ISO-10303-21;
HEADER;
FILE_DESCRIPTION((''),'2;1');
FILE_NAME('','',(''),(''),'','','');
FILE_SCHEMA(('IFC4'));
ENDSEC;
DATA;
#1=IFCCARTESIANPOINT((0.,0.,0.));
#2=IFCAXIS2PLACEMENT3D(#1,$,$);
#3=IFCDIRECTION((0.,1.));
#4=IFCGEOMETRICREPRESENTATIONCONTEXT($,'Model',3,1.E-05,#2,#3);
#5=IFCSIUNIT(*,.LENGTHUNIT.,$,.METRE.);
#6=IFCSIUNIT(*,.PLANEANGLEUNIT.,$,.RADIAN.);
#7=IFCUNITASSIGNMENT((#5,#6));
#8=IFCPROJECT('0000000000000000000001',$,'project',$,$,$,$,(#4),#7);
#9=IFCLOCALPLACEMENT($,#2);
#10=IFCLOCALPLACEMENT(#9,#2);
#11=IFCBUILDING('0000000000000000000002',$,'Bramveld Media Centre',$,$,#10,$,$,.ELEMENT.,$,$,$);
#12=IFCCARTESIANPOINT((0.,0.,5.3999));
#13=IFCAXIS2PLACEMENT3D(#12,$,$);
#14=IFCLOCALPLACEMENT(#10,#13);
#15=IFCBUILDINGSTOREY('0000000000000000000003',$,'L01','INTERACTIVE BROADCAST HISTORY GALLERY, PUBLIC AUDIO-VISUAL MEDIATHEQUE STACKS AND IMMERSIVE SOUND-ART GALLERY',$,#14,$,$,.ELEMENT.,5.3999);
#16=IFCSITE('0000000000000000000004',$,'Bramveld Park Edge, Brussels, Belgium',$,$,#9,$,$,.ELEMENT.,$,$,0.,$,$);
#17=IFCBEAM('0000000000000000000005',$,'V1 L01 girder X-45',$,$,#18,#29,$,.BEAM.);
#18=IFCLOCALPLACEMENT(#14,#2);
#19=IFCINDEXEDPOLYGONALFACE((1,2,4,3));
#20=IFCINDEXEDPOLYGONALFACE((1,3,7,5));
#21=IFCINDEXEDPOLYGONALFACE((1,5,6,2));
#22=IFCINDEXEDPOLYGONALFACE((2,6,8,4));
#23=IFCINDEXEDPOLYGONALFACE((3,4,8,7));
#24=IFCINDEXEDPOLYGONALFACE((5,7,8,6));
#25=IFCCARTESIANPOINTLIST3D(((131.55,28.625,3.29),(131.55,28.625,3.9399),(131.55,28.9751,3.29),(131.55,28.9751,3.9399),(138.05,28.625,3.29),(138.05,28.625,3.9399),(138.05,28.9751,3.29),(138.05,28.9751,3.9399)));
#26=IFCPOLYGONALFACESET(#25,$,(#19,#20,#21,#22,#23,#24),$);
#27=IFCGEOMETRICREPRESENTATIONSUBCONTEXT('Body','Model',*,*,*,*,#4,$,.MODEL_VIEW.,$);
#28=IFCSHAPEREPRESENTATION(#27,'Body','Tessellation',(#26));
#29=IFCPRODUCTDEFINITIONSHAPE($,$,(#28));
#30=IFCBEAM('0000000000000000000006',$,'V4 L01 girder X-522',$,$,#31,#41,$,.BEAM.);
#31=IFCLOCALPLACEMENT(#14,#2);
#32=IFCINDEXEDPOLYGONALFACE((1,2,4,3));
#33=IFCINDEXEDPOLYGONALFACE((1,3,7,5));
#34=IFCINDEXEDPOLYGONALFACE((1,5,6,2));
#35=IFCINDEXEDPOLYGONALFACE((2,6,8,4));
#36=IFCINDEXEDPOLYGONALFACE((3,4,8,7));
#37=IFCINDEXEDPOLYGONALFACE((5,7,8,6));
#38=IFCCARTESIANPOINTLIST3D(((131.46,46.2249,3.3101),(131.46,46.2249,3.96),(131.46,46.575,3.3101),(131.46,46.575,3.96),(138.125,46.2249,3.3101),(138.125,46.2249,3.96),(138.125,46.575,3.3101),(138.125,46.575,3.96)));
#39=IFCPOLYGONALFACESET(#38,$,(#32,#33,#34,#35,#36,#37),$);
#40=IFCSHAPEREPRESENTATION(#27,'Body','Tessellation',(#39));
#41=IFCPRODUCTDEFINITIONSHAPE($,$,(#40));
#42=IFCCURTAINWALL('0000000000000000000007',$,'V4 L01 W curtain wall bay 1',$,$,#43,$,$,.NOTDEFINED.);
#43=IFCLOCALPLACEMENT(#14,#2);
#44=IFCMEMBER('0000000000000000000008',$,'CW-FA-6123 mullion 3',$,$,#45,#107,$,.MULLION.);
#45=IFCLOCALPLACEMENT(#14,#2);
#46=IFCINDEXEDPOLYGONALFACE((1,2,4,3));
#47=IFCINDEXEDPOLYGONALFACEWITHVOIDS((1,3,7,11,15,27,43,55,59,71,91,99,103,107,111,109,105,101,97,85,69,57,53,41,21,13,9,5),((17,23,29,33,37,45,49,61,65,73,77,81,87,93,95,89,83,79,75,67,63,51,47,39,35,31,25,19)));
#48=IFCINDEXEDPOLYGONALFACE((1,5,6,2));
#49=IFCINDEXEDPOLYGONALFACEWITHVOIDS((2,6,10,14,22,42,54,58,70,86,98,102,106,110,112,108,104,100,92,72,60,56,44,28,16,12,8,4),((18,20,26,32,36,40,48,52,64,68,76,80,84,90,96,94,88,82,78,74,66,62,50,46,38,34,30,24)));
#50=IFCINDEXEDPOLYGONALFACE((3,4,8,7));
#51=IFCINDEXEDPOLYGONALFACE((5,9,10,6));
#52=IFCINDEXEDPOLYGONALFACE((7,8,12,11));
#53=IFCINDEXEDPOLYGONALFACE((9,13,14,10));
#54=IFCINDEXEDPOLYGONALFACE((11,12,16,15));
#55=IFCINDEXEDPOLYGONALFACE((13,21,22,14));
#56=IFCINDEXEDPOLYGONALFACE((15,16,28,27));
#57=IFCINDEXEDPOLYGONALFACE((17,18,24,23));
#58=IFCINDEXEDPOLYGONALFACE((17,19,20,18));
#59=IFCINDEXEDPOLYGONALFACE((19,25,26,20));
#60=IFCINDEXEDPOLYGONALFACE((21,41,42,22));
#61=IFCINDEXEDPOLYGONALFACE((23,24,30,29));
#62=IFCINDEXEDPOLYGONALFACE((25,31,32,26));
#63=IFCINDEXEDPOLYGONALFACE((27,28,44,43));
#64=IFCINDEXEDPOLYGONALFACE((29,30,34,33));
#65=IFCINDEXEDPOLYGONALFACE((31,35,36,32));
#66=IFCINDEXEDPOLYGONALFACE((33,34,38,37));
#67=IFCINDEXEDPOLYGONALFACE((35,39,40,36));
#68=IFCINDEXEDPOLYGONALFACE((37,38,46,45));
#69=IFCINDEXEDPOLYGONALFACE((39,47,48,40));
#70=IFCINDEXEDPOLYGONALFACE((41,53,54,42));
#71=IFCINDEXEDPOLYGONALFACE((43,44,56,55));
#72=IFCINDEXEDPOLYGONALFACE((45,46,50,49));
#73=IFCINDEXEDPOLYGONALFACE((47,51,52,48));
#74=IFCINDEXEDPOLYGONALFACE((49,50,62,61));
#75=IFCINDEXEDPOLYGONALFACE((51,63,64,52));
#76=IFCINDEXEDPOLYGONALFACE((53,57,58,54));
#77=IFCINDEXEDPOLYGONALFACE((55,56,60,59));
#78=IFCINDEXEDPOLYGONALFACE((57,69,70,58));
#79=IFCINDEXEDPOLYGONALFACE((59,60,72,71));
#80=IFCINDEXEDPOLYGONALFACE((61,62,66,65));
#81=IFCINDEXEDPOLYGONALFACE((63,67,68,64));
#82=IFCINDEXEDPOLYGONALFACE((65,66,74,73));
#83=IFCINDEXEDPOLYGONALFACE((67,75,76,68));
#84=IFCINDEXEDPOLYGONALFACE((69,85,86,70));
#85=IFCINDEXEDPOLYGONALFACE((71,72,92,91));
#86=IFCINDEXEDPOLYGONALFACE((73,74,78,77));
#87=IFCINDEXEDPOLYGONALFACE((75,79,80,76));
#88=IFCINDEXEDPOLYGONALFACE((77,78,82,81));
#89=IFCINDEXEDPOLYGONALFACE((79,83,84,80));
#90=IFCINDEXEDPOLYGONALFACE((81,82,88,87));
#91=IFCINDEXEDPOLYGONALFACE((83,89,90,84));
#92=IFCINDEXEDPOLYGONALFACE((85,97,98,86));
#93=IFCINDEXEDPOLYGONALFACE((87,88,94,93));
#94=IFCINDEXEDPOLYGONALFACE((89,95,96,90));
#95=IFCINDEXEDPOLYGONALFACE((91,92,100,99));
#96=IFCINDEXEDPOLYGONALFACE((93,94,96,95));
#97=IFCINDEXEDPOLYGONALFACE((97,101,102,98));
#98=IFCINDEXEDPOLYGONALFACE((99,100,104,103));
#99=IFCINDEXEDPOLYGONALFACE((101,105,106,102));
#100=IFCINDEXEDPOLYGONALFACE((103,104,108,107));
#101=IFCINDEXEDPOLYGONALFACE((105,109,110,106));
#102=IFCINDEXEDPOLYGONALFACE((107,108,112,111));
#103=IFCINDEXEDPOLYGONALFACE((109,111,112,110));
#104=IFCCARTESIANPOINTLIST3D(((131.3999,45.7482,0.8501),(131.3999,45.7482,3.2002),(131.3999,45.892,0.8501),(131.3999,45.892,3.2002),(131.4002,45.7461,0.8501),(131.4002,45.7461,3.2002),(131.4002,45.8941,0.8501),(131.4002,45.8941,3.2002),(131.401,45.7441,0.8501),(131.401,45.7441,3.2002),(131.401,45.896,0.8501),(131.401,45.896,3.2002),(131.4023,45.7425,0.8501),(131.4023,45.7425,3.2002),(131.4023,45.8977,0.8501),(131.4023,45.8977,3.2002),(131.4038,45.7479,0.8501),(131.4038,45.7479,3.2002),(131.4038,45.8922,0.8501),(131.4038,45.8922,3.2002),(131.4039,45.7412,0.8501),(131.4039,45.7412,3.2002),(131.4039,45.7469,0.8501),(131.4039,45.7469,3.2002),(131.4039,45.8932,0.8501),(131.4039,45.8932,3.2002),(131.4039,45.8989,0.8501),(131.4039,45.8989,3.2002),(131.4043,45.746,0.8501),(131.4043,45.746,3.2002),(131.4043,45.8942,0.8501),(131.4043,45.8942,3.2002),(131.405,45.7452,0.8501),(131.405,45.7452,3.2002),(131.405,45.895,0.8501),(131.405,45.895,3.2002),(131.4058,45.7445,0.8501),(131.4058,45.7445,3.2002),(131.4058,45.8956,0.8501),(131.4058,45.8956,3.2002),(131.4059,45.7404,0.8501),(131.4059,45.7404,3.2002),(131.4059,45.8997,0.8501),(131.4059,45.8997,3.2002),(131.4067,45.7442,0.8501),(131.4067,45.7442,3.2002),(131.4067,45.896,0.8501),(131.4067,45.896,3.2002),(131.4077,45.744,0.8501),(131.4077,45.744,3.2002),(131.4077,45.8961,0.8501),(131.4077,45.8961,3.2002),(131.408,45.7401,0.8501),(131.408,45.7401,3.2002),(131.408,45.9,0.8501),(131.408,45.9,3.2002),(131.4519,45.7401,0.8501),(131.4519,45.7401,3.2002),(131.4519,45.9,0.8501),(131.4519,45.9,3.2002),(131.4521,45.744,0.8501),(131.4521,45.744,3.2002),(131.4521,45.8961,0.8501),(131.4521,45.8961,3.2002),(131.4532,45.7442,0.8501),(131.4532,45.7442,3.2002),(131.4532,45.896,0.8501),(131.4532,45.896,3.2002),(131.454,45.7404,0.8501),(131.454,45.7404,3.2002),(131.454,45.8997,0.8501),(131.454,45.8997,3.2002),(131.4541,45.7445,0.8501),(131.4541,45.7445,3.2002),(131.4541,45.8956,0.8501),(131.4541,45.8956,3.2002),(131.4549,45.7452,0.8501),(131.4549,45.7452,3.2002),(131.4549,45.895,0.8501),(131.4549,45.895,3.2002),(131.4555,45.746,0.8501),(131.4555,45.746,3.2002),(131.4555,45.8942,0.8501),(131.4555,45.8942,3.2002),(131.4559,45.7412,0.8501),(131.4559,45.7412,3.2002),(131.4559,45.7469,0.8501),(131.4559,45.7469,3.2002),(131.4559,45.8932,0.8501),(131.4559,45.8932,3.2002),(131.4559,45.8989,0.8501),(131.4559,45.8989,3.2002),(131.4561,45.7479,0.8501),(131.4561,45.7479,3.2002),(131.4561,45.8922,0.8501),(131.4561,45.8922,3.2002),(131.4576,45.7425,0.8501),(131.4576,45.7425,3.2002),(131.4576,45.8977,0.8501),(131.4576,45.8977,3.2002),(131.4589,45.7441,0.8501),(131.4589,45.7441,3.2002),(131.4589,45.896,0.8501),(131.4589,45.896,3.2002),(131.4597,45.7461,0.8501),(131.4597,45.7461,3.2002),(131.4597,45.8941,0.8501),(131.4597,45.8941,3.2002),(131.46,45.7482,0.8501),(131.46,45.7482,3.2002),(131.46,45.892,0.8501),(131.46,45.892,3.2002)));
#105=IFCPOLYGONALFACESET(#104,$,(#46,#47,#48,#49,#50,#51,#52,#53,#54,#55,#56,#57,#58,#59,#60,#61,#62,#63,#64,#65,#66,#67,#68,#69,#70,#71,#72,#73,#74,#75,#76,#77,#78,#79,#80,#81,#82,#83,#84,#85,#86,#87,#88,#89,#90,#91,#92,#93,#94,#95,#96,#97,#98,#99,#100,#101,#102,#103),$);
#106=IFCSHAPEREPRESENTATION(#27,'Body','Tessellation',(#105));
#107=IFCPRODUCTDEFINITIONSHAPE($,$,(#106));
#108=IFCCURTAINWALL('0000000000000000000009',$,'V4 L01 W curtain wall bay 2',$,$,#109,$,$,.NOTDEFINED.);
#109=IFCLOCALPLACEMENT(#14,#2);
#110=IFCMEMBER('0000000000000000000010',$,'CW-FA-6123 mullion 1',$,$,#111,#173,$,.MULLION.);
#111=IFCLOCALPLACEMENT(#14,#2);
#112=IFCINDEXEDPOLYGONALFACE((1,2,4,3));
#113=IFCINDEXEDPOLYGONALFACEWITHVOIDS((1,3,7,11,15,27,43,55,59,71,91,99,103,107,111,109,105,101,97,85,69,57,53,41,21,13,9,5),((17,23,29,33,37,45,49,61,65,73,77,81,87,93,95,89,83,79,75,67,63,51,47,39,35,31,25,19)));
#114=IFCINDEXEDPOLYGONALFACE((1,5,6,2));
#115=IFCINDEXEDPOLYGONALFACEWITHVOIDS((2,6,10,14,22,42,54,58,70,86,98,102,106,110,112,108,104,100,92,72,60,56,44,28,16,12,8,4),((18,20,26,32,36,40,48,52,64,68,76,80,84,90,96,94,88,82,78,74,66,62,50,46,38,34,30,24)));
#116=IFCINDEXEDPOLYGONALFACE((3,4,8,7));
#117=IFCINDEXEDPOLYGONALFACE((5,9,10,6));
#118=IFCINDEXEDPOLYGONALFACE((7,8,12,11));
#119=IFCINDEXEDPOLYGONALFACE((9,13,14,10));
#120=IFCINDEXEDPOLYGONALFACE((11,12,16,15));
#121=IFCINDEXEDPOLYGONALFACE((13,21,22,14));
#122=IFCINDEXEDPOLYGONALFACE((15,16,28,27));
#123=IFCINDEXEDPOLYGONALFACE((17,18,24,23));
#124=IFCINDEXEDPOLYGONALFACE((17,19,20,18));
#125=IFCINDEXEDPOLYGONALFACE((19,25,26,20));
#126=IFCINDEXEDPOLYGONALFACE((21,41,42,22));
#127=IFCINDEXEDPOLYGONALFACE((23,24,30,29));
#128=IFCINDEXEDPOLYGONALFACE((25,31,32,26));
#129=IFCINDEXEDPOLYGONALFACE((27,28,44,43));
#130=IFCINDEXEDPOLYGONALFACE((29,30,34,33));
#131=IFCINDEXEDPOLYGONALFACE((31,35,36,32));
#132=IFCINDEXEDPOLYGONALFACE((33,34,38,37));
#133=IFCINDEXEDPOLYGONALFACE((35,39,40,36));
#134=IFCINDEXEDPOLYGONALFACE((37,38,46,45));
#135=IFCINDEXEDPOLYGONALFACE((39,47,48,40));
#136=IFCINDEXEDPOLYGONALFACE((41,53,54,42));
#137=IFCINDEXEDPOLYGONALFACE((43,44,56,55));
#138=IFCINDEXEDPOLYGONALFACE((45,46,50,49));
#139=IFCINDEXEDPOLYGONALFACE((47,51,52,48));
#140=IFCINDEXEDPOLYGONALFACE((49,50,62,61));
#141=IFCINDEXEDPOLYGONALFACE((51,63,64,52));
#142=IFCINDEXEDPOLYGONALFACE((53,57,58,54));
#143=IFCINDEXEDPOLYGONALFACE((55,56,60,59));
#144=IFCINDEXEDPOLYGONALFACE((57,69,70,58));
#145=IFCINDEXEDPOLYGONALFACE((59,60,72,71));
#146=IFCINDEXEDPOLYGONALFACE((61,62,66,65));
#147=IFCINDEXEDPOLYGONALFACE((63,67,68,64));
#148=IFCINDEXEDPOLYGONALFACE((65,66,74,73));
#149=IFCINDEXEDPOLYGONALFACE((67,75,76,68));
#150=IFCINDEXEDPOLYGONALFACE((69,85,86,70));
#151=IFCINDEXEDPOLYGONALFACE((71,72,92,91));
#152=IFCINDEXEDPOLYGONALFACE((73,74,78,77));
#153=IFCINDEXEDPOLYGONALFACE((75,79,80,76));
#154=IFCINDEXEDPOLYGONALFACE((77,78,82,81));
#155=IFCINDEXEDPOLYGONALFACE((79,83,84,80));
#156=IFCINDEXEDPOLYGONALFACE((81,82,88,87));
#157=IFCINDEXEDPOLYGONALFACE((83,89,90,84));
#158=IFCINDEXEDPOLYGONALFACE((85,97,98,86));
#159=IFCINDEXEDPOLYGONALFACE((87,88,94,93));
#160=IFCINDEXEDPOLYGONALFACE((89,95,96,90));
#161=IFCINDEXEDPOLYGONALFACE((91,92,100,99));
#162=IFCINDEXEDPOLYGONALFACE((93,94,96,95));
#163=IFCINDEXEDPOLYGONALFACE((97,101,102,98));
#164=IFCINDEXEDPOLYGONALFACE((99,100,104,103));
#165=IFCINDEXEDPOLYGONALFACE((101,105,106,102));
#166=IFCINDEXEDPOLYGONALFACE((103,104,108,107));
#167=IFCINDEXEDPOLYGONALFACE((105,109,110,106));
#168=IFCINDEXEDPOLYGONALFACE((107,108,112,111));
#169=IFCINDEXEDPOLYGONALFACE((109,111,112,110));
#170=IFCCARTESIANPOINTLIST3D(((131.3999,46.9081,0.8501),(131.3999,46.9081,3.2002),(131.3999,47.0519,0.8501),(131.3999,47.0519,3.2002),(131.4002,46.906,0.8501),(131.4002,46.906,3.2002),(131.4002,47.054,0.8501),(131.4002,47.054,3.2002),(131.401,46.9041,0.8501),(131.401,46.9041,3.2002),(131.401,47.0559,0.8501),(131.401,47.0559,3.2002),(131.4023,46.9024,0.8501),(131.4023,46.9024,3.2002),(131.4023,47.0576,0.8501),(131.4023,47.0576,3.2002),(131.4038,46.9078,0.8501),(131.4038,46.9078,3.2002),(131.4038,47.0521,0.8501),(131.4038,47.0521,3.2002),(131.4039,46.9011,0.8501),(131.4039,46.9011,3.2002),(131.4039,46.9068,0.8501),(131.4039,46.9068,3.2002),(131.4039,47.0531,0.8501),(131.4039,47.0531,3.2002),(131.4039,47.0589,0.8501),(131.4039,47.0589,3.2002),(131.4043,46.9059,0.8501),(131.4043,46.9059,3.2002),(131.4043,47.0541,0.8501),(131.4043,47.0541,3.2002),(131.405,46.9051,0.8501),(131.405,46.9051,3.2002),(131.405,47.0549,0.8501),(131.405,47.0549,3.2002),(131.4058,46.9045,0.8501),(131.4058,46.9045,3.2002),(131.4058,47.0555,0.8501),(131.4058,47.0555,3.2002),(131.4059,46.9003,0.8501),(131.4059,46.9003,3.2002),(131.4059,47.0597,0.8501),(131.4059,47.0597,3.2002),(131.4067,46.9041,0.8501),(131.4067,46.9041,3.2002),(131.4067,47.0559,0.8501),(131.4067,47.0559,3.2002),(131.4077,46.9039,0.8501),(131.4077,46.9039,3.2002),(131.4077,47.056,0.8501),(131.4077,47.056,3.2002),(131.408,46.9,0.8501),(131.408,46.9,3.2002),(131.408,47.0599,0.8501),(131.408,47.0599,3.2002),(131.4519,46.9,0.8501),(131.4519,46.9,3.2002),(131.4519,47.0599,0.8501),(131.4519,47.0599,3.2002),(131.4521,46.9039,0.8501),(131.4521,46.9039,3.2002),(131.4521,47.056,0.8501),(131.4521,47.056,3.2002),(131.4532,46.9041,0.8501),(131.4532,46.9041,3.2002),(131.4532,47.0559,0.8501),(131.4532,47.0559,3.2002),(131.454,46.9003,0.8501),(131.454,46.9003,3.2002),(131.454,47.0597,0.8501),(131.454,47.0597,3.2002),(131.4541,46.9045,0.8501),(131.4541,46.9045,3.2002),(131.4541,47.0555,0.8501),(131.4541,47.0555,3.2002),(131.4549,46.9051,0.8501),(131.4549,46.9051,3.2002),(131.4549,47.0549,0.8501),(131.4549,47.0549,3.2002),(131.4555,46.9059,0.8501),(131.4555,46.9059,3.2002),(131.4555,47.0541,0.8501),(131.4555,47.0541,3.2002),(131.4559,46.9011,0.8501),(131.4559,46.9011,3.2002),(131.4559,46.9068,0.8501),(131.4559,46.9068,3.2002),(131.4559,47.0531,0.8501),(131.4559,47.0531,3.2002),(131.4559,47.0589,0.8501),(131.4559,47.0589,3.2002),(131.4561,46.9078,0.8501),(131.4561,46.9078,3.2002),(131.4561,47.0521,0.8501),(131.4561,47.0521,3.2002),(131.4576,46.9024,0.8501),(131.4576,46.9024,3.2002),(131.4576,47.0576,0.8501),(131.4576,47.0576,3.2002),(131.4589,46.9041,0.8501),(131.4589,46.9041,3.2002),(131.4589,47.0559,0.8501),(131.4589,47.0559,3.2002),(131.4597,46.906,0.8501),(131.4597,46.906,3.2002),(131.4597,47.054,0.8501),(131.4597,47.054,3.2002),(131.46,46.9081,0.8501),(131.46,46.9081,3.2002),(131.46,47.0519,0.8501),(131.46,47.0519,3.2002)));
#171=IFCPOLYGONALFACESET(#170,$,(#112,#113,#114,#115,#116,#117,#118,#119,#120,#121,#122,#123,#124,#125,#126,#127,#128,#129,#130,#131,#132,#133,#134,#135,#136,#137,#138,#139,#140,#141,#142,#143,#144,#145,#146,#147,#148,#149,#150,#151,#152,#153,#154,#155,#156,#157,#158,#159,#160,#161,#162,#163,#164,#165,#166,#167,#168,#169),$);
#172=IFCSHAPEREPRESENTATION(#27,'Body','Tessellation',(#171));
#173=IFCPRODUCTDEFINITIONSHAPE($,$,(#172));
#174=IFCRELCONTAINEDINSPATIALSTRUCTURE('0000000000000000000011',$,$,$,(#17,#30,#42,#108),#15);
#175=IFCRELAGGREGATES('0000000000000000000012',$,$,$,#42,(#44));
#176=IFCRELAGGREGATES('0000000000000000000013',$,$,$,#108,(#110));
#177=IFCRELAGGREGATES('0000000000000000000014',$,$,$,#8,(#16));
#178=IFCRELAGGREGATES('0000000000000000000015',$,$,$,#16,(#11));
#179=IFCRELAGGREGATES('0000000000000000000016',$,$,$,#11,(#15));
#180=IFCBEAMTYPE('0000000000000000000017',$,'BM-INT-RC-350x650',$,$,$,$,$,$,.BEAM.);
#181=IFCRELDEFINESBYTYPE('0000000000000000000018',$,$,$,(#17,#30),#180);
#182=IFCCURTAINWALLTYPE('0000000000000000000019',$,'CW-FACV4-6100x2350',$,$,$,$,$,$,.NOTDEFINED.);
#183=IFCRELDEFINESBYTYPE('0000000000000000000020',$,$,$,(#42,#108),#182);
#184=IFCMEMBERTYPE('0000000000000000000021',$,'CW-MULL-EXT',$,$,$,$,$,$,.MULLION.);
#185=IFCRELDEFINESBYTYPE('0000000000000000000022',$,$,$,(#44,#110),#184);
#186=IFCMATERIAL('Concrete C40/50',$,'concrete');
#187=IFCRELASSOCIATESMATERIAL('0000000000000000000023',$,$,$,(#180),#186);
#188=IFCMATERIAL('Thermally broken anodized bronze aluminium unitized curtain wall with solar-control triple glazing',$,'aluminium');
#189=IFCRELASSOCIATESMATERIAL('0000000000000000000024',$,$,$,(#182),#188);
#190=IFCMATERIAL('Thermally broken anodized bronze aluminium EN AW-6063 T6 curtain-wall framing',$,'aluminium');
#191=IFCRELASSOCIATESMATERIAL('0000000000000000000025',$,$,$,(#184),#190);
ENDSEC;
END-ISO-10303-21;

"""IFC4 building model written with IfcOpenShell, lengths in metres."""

from ifc_helpers import new_model, si_unit, direction, frame, origin, origin_2d, place, context, subcontext, project, spatial, rectangle, hollow_rectangle, extrude, material, material_profile, profile_set, type_object, element, aggregate, save


model = new_model("IFC4")

# Units and contexts
model_context = context("Model", 3, precision=1e-05, world=origin(), true_north=direction((0.0, 1.0)))
body_context = subcontext(model_context, "Body", "Model", "MODEL_VIEW")
ifc_project = project(units=[si_unit("LENGTHUNIT", "METRE"), si_unit("PLANEANGLEUNIT", "RADIAN")], contexts=[model_context])

# Site, building, storey
site_placement = place(None, origin())
site = spatial("IfcSite", under=ifc_project, at=site_placement, Name="Bramveld Park Edge, Brussels, Belgium", CompositionType="ELEMENT", RefElevation=0.0)
building_placement = place(site_placement, origin())
building = spatial("IfcBuilding", under=site, at=building_placement, Name="Bramveld Media Centre", CompositionType="ELEMENT")
storey_placement = place(building_placement, frame((0.0, 0.0, 5.3999)))
storey = spatial("IfcBuildingStorey", under=building, at=storey_placement, Name="L01", Description="INTERACTIVE BROADCAST HISTORY GALLERY, PUBLIC AUDIO-VISUAL MEDIATHEQUE STACKS AND IMMERSIVE SOUND-ART GALLERY", CompositionType="ELEMENT", Elevation=5.3999)

# Beams
ifc_material_1 = material(Name="Concrete C40/50", Category="concrete")
ifc_material_profile_1 = material_profile(ifc_material_1, rectangle(XDim=0.3501, YDim=0.6499, at=origin_2d()), Name="RC 350x650")
ifc_profile_set_1 = profile_set([ifc_material_profile_1], Name="Concrete C40/50")
beam_type_1 = type_object("IfcBeamType", Name="BM-INT-RC-350x650", PredefinedType="BEAM", material=ifc_profile_set_1)
beam_1_placement = place(storey_placement, frame((131.55, 28.8, 3.615), z_axis=(1.0, 0.0, 0.0), x_axis=(0.0, 1.0, 0.0)))
element("IfcBeam", 1, at=beam_1_placement, inside=storey, type_object=beam_type_1, Name="V1 L01 girder X-45", PredefinedType="BEAM", context=body_context, shape_type="SweptSolid", body=[
    extrude(rectangle(XDim=0.3501, YDim=0.6499, at=origin_2d()), origin(), (0.0, 0.0, 1.0), 6.5),
])
beam_2_placement = place(storey_placement, frame((131.46, 46.3999, 3.635), z_axis=(1.0, 0.0, 0.0), x_axis=(0.0, 1.0, 0.0)))
element("IfcBeam", 2, at=beam_2_placement, inside=storey, type_object=beam_type_1, Name="V4 L01 girder X-522", PredefinedType="BEAM", context=body_context, shape_type="SweptSolid", body=[
    extrude(rectangle(XDim=0.3501, YDim=0.6499, at=origin_2d()), origin(), (0.0, 0.0, 1.0), 6.665),
])

# Curtain walls, members
ifc_material_2 = material(Name="Thermally broken anodized bronze aluminium unitized curtain wall with solar-control triple glazing", Category="aluminium")
curtain_wall_type = type_object("IfcCurtainWallType", Name="CW-FACV4-6100x2350", PredefinedType="NOTDEFINED", material=ifc_material_2)
curtain_wall_1_placement = place(storey_placement, origin())
curtain_wall_1 = element("IfcCurtainWall", 3, at=curtain_wall_1_placement, inside=storey, type_object=curtain_wall_type, Name="V4 L01 W curtain wall bay 1", PredefinedType="NOTDEFINED")
ifc_material_3 = material(Name="Thermally broken anodized bronze aluminium EN AW-6063 T6 curtain-wall framing", Category="aluminium")
ifc_material_profile_2 = material_profile(ifc_material_3, hollow_rectangle(XDim=0.0601, YDim=0.1599, WallThickness=0.0039, InnerFilletRadius=0.0039, OuterFilletRadius=0.0081, at=origin_2d()), Name="AL-MULL 60x160")
ifc_profile_set_2 = profile_set([ifc_material_profile_2], Name="Thermally broken anodized bronze aluminium EN AW-6063 T6 curtain-wall framing")
member_type_1 = type_object("IfcMemberType", Name="CW-MULL-EXT", PredefinedType="MULLION", material=ifc_profile_set_2)
member_1_placement = place(storey_placement, frame((131.4299, 45.8201, 0.8501), z_axis=(0.0, 0.0, 1.0), x_axis=(-1.0, 0.0, 0.0)))
member_1 = element("IfcMember", 4, at=member_1_placement, type_object=member_type_1, Name="CW-FA-6123 mullion 3", PredefinedType="MULLION", context=body_context, shape_type="SweptSolid", body=[
    extrude(hollow_rectangle(XDim=0.0601, YDim=0.1599, WallThickness=0.0039, InnerFilletRadius=0.0039, OuterFilletRadius=0.0081, at=origin_2d()), origin(), (0.0, 0.0, 1.0), 2.3501),
])
curtain_wall_2_placement = place(storey_placement, origin())
curtain_wall_2 = element("IfcCurtainWall", 5, at=curtain_wall_2_placement, inside=storey, type_object=curtain_wall_type, Name="V4 L01 W curtain wall bay 2", PredefinedType="NOTDEFINED")
member_2_placement = place(storey_placement, frame((131.4299, 46.98, 0.8501), z_axis=(0.0, 0.0, 1.0), x_axis=(-1.0, 0.0, 0.0)))
member_2 = element("IfcMember", 6, at=member_2_placement, type_object=member_type_1, Name="CW-FA-6123 mullion 1", PredefinedType="MULLION", context=body_context, shape_type="SweptSolid", body=[
    extrude(hollow_rectangle(XDim=0.0601, YDim=0.1599, WallThickness=0.0039, InnerFilletRadius=0.0039, OuterFilletRadius=0.0081, at=origin_2d()), origin(), (0.0, 0.0, 1.0), 2.3501),
])

aggregate(curtain_wall_1, [member_1])
aggregate(curtain_wall_2, [member_2])

save(model, "model.ifc")
